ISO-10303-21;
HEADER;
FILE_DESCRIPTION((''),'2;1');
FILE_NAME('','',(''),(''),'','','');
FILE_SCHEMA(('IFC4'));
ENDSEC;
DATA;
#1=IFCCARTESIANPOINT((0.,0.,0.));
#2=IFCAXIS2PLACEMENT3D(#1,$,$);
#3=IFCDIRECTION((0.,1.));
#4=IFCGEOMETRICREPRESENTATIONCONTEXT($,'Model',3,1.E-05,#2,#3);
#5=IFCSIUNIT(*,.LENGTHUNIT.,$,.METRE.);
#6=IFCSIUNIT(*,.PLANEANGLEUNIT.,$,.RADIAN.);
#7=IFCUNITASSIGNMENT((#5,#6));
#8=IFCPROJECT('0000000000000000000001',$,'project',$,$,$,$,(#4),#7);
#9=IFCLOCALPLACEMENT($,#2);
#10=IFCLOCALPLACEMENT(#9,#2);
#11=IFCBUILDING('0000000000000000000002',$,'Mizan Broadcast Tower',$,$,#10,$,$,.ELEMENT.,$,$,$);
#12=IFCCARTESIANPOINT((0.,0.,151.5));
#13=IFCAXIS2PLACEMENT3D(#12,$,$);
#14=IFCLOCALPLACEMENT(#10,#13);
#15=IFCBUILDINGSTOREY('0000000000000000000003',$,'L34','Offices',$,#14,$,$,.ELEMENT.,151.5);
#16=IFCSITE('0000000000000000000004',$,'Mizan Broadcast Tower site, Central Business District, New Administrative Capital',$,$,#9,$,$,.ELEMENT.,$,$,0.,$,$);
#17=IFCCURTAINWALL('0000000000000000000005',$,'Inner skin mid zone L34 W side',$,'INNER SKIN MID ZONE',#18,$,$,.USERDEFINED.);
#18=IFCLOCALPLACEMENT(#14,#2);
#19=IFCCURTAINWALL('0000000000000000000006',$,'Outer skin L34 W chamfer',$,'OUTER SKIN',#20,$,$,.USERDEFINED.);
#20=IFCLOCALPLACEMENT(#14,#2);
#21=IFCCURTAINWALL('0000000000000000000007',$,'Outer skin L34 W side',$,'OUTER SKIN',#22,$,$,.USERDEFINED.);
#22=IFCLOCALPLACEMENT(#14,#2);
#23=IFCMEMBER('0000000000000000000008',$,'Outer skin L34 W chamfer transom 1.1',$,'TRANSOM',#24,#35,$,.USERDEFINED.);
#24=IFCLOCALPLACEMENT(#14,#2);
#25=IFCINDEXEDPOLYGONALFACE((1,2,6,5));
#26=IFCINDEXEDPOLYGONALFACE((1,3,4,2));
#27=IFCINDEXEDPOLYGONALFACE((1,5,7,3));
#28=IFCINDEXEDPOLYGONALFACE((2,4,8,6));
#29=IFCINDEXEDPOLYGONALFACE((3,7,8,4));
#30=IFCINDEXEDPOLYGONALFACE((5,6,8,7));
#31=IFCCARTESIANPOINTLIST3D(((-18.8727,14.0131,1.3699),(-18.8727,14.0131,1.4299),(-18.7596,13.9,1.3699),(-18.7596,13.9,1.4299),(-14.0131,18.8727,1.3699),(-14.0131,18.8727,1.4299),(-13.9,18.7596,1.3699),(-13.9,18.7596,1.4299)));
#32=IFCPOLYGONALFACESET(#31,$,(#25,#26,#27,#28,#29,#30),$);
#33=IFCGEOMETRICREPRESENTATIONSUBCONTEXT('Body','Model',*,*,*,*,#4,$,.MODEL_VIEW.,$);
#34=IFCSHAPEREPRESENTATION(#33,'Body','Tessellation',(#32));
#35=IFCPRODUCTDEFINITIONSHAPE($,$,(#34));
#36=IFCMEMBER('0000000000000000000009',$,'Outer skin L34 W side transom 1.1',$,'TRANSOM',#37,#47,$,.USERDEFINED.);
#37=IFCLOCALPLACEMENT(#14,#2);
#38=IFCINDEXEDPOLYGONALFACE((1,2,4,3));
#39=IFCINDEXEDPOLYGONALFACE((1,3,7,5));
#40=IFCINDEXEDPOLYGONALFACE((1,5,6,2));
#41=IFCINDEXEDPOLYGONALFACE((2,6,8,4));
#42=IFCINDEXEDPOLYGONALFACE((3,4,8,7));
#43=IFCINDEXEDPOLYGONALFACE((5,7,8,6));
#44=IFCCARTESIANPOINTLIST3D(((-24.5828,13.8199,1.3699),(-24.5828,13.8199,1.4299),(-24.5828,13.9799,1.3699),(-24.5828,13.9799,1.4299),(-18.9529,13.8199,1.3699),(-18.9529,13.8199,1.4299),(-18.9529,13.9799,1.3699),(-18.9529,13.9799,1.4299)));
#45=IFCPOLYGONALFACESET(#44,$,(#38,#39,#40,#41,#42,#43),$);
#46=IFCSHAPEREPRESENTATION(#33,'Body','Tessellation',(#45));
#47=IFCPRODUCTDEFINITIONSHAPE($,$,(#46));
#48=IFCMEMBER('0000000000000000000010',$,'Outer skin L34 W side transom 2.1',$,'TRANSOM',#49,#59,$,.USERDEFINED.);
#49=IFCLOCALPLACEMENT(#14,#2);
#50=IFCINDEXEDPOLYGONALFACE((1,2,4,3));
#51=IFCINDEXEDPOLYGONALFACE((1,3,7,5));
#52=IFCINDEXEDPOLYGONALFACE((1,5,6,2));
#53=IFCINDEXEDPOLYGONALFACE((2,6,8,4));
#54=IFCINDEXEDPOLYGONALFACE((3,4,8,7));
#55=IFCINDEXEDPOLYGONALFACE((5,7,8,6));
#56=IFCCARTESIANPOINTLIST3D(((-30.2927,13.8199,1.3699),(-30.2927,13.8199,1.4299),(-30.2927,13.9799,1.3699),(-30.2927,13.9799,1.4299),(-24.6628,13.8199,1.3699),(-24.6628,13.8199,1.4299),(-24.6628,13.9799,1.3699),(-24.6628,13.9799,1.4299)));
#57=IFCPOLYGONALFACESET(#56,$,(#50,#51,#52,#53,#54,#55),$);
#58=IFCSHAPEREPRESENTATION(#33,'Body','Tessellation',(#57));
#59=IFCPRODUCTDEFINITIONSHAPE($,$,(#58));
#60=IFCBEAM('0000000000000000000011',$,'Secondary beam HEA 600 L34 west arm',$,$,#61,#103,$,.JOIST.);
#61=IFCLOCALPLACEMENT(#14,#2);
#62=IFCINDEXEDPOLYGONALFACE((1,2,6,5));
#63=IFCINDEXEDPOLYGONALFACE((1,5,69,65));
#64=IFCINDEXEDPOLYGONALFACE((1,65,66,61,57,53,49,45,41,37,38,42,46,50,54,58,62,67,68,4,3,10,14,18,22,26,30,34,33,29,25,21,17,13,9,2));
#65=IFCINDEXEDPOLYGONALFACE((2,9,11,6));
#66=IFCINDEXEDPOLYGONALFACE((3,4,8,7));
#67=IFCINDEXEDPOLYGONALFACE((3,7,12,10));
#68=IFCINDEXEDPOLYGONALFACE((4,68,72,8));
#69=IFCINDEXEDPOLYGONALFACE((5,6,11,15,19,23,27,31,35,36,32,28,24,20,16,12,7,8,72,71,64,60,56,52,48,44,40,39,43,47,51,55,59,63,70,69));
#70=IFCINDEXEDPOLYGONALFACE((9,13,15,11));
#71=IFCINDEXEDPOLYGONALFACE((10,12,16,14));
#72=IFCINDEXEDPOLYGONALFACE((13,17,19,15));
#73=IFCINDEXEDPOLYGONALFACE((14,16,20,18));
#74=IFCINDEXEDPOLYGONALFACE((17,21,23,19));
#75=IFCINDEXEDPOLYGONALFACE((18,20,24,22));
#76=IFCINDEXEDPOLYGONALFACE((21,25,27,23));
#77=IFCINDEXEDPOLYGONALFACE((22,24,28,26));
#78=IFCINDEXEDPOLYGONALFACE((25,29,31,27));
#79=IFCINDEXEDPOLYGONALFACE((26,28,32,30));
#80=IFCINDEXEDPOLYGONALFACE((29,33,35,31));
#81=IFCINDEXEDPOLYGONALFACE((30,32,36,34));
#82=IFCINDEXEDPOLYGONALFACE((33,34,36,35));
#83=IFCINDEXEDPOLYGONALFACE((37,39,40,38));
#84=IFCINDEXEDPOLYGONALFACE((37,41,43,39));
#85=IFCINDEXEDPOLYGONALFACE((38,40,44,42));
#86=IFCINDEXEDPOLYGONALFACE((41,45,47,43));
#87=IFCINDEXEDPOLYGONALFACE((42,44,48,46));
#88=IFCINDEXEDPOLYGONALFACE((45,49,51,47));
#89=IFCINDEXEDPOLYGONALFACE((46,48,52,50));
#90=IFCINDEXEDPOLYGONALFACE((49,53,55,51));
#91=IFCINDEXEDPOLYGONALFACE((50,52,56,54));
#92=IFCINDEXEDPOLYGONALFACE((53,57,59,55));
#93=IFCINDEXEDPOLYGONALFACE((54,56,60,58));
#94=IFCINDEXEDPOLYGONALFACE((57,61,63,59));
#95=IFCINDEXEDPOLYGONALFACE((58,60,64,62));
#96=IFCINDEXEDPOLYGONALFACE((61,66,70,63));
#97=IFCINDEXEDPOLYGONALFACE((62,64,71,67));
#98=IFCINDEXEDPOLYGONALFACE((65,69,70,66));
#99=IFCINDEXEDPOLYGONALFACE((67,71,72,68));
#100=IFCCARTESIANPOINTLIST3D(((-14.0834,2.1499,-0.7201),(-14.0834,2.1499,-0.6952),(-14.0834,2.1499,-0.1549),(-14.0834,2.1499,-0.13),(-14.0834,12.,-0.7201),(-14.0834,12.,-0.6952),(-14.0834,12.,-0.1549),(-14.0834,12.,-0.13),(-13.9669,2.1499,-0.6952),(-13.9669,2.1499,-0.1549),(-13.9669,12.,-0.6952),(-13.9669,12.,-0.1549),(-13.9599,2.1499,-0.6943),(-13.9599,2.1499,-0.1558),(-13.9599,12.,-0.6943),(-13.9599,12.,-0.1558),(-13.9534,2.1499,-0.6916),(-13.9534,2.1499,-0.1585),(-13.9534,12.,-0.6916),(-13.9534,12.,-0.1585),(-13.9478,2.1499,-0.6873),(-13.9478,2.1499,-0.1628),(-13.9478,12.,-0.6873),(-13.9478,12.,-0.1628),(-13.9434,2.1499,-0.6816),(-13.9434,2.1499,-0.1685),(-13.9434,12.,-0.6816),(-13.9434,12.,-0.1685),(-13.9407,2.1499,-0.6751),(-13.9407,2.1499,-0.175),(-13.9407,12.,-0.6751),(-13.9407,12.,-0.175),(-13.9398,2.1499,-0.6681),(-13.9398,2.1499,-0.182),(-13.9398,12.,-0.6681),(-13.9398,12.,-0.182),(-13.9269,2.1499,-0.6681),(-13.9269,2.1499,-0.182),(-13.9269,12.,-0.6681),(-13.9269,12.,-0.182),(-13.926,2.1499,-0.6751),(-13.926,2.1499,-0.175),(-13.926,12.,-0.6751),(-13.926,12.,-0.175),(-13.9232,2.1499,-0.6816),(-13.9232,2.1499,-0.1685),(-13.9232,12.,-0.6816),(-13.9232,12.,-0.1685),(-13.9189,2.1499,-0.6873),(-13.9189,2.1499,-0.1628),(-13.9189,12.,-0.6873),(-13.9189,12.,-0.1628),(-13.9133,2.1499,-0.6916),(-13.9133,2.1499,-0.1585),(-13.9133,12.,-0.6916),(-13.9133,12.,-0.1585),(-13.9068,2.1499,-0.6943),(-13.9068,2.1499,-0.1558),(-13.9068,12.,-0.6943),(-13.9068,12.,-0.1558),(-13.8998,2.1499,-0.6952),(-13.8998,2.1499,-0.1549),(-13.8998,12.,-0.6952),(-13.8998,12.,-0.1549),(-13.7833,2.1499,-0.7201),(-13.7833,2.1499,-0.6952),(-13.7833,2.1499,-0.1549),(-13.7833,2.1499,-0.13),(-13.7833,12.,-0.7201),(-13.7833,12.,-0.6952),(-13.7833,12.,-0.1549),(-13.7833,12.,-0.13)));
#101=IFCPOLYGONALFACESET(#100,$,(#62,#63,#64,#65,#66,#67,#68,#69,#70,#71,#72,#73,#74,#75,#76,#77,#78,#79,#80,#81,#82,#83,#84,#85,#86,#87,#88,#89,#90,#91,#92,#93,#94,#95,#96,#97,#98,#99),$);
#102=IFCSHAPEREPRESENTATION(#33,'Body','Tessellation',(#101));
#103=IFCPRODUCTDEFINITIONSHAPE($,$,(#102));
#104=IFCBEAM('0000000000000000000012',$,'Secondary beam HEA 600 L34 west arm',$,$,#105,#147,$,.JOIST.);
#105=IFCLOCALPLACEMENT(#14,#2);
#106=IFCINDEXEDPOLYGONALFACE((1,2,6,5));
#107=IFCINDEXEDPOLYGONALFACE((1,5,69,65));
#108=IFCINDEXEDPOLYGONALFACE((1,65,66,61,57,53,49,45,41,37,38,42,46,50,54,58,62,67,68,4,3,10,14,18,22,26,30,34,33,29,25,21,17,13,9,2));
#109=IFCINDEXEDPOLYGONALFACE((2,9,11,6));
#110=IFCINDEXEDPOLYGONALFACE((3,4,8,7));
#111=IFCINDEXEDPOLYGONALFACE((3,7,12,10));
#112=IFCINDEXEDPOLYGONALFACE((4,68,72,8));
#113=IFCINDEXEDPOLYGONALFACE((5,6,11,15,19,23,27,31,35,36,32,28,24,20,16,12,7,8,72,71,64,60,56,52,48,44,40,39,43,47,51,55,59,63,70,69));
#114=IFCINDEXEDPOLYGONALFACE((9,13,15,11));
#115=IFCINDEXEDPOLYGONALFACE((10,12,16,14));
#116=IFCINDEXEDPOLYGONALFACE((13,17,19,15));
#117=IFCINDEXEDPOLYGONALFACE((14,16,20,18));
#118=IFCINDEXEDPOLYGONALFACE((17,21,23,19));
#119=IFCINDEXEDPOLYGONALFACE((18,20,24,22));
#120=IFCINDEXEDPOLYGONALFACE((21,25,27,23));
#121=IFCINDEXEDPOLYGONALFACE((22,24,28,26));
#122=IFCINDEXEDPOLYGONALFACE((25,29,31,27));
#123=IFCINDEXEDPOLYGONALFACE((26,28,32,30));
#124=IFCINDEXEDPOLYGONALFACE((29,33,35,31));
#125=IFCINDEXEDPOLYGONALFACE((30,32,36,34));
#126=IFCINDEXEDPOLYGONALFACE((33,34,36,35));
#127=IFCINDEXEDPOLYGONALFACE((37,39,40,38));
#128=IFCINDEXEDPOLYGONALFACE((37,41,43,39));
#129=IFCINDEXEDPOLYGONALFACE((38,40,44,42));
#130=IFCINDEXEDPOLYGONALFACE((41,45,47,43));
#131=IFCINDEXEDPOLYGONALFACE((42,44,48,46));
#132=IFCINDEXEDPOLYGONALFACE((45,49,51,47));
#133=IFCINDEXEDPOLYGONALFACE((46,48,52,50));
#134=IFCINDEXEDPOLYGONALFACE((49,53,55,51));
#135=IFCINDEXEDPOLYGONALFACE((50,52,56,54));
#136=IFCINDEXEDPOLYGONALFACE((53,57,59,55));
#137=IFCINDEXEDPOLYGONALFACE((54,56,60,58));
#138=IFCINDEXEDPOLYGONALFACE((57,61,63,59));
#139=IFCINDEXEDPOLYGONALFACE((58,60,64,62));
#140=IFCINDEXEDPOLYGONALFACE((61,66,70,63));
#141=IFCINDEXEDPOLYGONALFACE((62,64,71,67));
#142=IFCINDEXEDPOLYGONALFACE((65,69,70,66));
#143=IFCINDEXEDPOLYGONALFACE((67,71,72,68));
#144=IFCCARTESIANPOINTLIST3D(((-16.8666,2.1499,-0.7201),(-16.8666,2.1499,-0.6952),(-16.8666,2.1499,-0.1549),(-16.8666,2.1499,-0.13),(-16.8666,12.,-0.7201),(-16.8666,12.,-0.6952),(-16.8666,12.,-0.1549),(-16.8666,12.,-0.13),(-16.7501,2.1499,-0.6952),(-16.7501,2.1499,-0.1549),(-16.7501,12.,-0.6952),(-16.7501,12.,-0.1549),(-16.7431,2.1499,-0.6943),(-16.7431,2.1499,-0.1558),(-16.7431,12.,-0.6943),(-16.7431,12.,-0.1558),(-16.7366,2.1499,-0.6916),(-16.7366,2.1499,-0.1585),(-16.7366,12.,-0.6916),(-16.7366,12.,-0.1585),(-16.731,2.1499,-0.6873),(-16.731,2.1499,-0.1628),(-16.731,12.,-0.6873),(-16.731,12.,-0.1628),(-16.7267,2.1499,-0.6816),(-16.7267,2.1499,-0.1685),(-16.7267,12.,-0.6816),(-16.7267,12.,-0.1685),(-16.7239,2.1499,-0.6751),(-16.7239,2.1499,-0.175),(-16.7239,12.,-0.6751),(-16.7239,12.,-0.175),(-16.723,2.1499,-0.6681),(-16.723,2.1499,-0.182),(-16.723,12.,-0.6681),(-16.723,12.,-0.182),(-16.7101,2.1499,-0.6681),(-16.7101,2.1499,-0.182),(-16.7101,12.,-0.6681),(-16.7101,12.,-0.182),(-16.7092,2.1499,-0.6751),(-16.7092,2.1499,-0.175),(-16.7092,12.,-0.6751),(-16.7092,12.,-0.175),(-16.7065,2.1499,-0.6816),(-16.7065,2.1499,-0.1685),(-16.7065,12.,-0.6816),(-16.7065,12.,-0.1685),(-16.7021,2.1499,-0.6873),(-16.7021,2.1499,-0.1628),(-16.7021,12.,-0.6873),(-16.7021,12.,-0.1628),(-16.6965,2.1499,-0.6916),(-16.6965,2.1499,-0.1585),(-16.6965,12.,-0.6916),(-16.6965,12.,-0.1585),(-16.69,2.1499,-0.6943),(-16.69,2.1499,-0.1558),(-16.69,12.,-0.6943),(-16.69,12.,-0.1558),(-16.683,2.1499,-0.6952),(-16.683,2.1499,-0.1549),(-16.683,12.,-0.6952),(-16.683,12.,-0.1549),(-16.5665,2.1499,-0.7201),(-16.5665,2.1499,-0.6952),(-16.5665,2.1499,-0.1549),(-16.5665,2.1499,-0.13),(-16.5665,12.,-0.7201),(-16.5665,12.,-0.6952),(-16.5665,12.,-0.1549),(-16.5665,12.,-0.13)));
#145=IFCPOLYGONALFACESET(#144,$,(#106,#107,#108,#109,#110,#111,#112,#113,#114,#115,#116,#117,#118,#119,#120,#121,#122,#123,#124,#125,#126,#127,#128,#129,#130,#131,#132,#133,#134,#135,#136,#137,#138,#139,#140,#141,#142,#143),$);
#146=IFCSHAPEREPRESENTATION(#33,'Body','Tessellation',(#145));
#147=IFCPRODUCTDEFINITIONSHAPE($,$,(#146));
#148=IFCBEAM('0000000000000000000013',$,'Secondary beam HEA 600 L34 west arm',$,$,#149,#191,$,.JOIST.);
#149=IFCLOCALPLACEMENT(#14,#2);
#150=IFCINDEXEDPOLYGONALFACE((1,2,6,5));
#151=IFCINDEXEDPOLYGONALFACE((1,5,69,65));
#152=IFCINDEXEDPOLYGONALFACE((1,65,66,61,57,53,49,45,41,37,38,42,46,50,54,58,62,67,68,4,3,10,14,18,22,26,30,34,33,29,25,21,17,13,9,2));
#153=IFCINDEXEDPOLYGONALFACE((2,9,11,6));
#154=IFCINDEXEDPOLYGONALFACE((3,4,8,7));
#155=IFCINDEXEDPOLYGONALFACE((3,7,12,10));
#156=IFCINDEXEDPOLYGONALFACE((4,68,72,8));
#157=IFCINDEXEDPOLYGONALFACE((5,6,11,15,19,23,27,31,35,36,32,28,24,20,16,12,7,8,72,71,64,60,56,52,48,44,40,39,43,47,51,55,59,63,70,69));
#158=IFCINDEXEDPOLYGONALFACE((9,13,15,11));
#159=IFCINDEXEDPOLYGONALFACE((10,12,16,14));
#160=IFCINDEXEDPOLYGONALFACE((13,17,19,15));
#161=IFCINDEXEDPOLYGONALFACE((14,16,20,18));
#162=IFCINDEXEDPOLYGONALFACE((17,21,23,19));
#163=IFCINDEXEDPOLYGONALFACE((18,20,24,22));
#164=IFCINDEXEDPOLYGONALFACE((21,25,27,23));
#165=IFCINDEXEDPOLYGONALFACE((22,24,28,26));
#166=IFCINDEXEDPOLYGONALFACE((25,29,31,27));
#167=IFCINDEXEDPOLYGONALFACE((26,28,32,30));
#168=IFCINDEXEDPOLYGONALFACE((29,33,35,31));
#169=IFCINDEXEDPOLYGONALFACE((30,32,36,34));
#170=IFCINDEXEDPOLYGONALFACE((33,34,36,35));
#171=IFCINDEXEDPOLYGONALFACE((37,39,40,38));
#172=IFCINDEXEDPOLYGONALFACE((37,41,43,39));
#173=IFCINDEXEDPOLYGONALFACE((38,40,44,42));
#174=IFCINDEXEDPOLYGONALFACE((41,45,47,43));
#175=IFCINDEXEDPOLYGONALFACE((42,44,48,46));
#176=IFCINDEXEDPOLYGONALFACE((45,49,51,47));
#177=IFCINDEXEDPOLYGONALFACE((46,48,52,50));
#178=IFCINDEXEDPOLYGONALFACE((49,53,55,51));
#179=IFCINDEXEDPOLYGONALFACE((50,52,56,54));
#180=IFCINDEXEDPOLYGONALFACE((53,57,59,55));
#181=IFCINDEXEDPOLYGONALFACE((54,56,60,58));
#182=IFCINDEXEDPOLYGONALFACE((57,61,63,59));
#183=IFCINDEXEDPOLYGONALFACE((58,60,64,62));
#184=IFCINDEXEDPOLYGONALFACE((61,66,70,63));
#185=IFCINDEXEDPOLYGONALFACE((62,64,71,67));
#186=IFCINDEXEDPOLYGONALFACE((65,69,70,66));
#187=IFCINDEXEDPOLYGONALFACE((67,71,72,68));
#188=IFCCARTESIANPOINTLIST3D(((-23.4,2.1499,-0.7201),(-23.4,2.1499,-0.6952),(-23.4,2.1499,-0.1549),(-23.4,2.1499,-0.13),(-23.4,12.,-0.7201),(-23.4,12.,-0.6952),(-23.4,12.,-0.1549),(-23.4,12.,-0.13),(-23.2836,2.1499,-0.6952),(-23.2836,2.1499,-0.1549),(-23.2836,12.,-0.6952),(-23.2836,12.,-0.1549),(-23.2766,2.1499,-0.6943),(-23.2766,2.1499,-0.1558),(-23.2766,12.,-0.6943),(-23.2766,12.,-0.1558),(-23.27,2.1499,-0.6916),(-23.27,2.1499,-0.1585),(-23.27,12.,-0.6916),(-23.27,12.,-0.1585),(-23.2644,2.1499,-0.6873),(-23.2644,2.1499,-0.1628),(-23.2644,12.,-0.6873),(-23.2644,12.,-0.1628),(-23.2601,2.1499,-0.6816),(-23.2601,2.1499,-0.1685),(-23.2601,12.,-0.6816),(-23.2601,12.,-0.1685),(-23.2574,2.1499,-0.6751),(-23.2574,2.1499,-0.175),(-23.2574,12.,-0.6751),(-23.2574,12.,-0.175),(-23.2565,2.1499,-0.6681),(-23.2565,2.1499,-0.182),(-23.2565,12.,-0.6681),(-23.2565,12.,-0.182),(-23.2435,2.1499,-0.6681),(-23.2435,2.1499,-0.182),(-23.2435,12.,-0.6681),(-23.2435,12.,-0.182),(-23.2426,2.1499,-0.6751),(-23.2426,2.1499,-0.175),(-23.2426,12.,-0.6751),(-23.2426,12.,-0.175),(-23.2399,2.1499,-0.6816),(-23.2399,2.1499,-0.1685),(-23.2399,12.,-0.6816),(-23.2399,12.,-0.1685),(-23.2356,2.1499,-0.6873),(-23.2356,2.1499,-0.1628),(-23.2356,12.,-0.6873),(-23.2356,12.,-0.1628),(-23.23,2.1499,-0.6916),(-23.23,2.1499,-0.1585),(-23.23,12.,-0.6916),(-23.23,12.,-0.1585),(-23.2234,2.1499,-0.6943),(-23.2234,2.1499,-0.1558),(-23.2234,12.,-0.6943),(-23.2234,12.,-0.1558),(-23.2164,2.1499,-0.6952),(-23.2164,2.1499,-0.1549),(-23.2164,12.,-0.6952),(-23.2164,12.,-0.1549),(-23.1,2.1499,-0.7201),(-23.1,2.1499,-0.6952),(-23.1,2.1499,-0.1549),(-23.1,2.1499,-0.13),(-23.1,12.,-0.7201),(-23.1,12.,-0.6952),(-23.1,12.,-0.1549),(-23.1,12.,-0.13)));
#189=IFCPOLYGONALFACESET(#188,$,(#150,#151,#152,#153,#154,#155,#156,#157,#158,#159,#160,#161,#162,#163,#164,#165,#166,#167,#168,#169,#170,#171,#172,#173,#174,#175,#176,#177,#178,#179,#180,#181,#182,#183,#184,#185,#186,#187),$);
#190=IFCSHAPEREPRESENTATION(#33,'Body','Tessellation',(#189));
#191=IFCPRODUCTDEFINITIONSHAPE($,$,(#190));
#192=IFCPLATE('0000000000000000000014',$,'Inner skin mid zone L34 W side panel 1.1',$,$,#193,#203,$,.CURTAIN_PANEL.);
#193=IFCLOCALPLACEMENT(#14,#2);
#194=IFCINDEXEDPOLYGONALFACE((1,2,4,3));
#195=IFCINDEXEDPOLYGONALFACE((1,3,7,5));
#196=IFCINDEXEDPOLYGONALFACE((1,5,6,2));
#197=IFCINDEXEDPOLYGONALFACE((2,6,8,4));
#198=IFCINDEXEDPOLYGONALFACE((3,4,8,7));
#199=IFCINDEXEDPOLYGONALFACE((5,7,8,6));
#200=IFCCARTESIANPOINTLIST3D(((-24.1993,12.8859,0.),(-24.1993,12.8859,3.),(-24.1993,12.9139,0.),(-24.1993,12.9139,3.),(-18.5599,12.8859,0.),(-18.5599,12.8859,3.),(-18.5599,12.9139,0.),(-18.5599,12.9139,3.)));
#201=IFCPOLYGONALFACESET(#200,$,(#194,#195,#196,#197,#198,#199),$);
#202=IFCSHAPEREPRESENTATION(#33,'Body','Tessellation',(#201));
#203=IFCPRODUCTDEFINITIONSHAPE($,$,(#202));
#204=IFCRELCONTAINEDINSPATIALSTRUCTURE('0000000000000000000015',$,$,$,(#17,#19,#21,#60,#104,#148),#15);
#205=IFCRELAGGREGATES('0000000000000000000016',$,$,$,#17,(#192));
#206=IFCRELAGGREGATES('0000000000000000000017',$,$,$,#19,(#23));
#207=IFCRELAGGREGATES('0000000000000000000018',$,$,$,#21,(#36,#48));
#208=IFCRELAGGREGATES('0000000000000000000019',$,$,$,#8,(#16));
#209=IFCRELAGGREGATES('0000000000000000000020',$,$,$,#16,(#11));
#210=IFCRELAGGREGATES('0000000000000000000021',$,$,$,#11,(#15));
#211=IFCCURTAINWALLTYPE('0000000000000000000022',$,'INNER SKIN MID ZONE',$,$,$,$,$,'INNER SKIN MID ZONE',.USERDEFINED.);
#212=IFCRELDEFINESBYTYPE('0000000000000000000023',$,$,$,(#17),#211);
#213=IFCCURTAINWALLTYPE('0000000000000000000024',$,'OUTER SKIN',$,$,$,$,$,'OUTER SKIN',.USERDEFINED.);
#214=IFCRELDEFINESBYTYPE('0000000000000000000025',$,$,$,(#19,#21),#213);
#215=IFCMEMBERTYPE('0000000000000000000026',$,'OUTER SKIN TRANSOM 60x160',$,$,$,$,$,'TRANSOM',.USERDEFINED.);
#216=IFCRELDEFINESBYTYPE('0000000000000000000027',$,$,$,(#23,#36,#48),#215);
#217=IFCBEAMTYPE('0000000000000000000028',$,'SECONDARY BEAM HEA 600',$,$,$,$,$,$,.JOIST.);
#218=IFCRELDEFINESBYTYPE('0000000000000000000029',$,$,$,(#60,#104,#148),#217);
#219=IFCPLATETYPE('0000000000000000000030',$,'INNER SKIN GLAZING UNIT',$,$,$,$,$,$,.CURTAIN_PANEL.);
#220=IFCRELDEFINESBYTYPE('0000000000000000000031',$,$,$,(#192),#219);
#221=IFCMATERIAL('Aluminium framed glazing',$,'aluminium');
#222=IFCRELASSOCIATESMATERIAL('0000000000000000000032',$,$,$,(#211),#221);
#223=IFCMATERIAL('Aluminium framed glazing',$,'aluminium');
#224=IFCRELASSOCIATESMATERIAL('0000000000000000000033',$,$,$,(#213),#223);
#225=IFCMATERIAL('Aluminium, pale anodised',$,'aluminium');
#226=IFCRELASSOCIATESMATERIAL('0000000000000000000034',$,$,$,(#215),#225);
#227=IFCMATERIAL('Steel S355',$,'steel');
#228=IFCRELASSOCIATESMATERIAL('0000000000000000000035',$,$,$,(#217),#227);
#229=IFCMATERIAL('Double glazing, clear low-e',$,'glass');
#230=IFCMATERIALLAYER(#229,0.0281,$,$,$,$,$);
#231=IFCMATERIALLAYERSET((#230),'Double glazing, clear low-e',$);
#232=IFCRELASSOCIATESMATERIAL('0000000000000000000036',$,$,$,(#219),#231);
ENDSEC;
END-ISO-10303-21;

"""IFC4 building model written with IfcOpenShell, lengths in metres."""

from ifc_helpers import new_model, si_unit, direction, frame, origin, origin_2d, place, context, subcontext, project, spatial, rectangle, i_section, extrude, material, layer, layer_set, material_profile, profile_set, type_object, element, aggregate, save


model = new_model("IFC4")

# Units and contexts
model_context = context("Model", 3, precision=1e-05, world=origin(), true_north=direction((0.0, 1.0)))
body_context = subcontext(model_context, "Body", "Model", "MODEL_VIEW")
ifc_project = project(units=[si_unit("LENGTHUNIT", "METRE"), si_unit("PLANEANGLEUNIT", "RADIAN")], contexts=[model_context])

# Site, building, storey
site_placement = place(None, origin())
site = spatial("IfcSite", under=ifc_project, at=site_placement, Name="Mizan Broadcast Tower site, Central Business District, New Administrative Capital", CompositionType="ELEMENT", RefElevation=0.0)
building_placement = place(site_placement, origin())
building = spatial("IfcBuilding", under=site, at=building_placement, Name="Mizan Broadcast Tower", CompositionType="ELEMENT")
storey_placement = place(building_placement, frame((0.0, 0.0, 151.5)))
storey = spatial("IfcBuildingStorey", under=building, at=storey_placement, Name="L34", Description="Offices", CompositionType="ELEMENT", Elevation=151.5)

# Curtain wall
ifc_material_1 = material(Name="Aluminium framed glazing", Category="aluminium")
curtain_wall_type_1 = type_object("IfcCurtainWallType", Name="INNER SKIN MID ZONE", ElementType="INNER SKIN MID ZONE", PredefinedType="USERDEFINED", material=ifc_material_1)
curtain_wall_1_placement = place(storey_placement, origin())
curtain_wall_1 = element("IfcCurtainWall", 1, at=curtain_wall_1_placement, inside=storey, type_object=curtain_wall_type_1, Name="Inner skin mid zone L34 W side", ObjectType="INNER SKIN MID ZONE", PredefinedType="USERDEFINED")

# Curtain walls
ifc_material_2 = material(Name="Aluminium framed glazing", Category="aluminium")
curtain_wall_type_2 = type_object("IfcCurtainWallType", Name="OUTER SKIN", ElementType="OUTER SKIN", PredefinedType="USERDEFINED", material=ifc_material_2)
curtain_wall_2_placement = place(storey_placement, origin())
curtain_wall_2 = element("IfcCurtainWall", 2, at=curtain_wall_2_placement, inside=storey, type_object=curtain_wall_type_2, Name="Outer skin L34 W chamfer", ObjectType="OUTER SKIN", PredefinedType="USERDEFINED")
curtain_wall_3_placement = place(storey_placement, origin())
curtain_wall_3 = element("IfcCurtainWall", 3, at=curtain_wall_3_placement, inside=storey, type_object=curtain_wall_type_2, Name="Outer skin L34 W side", ObjectType="OUTER SKIN", PredefinedType="USERDEFINED")

# Members
ifc_material_3 = material(Name="Aluminium, pale anodised", Category="aluminium")
ifc_material_profile_1 = material_profile(ifc_material_3, rectangle(XDim=0.1599, YDim=0.0601, at=origin_2d()), Name="TRANSOM 160x60")
ifc_profile_set_1 = profile_set([ifc_material_profile_1], Name="Aluminium, pale anodised")
member_type_1 = type_object("IfcMemberType", Name="OUTER SKIN TRANSOM 60x160", ElementType="TRANSOM", PredefinedType="USERDEFINED", material=ifc_profile_set_1)
member_1_placement = place(storey_placement, frame((-13.9565, 18.8162, 1.3999), z_axis=(-0.707107, -0.707107, 0.0), x_axis=(0.707107, -0.707107, 0.0)))
member_1 = element("IfcMember", 4, at=member_1_placement, type_object=member_type_1, Name="Outer skin L34 W chamfer transom 1.1", ObjectType="TRANSOM", PredefinedType="USERDEFINED", context=body_context, shape_type="SweptSolid", body=[
    extrude(rectangle(XDim=0.1599, YDim=0.0601, at=origin_2d()), origin(), (0.0, 0.0, 1.0), 6.8726),
])
member_2_placement = place(storey_placement, frame((-18.9529, 13.8999, 1.3999), z_axis=(-1.0, 0.0, 0.0), x_axis=(0.0, -1.0, 0.0)))
member_2 = element("IfcMember", 5, at=member_2_placement, type_object=member_type_1, Name="Outer skin L34 W side transom 1.1", ObjectType="TRANSOM", PredefinedType="USERDEFINED", context=body_context, shape_type="SweptSolid", body=[
    extrude(rectangle(XDim=0.1599, YDim=0.0601, at=origin_2d()), origin(), (0.0, 0.0, 1.0), 5.6299),
])
member_3_placement = place(storey_placement, frame((-24.6628, 13.8999, 1.3999), z_axis=(-1.0, 0.0, 0.0), x_axis=(0.0, -1.0, 0.0)))
member_3 = element("IfcMember", 6, at=member_3_placement, type_object=member_type_1, Name="Outer skin L34 W side transom 2.1", ObjectType="TRANSOM", PredefinedType="USERDEFINED", context=body_context, shape_type="SweptSolid", body=[
    extrude(rectangle(XDim=0.1599, YDim=0.0601, at=origin_2d()), origin(), (0.0, 0.0, 1.0), 5.6299),
])

# Beams
ifc_material_4 = material(Name="Steel S355", Category="steel")
ifc_material_profile_2 = material_profile(ifc_material_4, i_section(OverallWidth=0.3, OverallDepth=0.5901, WebThickness=0.0129, FlangeThickness=0.0249, FilletRadius=0.0271, at=origin_2d()), Name="HEA 600")
ifc_profile_set_2 = profile_set([ifc_material_profile_2], Name="Steel S355")
beam_type_1 = type_object("IfcBeamType", Name="SECONDARY BEAM HEA 600", PredefinedType="JOIST", material=ifc_profile_set_2)
for number, where, z_axis, x_axis, name in (
    (7, (-13.9333, 12.0, -0.425), (0.0, -1.0, 0.0), (1.0, 0.0, 0.0), "Secondary beam HEA 600 L34 west arm"),
    (8, (-16.7166, 12.0, -0.425), (0.0, -1.0, 0.0), (1.0, 0.0, 0.0), "Secondary beam HEA 600 L34 west arm"),
    (9, (-23.25, 12.0, -0.425), (0.0, -1.0, 0.0), (1.0, 0.0, 0.0), "Secondary beam HEA 600 L34 west arm"),
):
    element("IfcBeam", number, at=place(storey_placement, frame(where, z_axis=z_axis, x_axis=x_axis)), inside=storey, type_object=beam_type_1, Name=name, PredefinedType="JOIST", context=body_context, shape_type="SweptSolid", body=[
        extrude(i_section(OverallWidth=0.3, OverallDepth=0.5901, WebThickness=0.0129, FlangeThickness=0.0249, FilletRadius=0.0271, at=origin_2d()), origin(), (0.0, 0.0, 1.0), 9.8501),
    ])

# Plate
ifc_material_5 = material(Name="Double glazing, clear low-e", Category="glass")
ifc_layer_1 = layer(ifc_material_5, 0.0281)
ifc_layer_set_1 = layer_set([ifc_layer_1], Name="Double glazing, clear low-e")
plate_type_1 = type_object("IfcPlateType", Name="INNER SKIN GLAZING UNIT", PredefinedType="CURTAIN_PANEL", material=ifc_layer_set_1)
plate_1_placement = place(storey_placement, frame((-21.3796, 12.8999, 0.0), z_axis=(0.0, 0.0, 1.0), x_axis=(-1.0, 0.0, 0.0)))
plate_1 = element("IfcPlate", 10, at=plate_1_placement, type_object=plate_type_1, Name="Inner skin mid zone L34 W side panel 1.1", PredefinedType="CURTAIN_PANEL", context=body_context, shape_type="SweptSolid", body=[
    extrude(rectangle(XDim=5.6394, YDim=0.0281, at=origin_2d()), origin(), (0.0, 0.0, 1.0), 3.0),
])
aggregate(curtain_wall_1, [plate_1])
aggregate(curtain_wall_2, [member_1])
aggregate(curtain_wall_3, [member_2, member_3])

save(model, "model.ifc")
